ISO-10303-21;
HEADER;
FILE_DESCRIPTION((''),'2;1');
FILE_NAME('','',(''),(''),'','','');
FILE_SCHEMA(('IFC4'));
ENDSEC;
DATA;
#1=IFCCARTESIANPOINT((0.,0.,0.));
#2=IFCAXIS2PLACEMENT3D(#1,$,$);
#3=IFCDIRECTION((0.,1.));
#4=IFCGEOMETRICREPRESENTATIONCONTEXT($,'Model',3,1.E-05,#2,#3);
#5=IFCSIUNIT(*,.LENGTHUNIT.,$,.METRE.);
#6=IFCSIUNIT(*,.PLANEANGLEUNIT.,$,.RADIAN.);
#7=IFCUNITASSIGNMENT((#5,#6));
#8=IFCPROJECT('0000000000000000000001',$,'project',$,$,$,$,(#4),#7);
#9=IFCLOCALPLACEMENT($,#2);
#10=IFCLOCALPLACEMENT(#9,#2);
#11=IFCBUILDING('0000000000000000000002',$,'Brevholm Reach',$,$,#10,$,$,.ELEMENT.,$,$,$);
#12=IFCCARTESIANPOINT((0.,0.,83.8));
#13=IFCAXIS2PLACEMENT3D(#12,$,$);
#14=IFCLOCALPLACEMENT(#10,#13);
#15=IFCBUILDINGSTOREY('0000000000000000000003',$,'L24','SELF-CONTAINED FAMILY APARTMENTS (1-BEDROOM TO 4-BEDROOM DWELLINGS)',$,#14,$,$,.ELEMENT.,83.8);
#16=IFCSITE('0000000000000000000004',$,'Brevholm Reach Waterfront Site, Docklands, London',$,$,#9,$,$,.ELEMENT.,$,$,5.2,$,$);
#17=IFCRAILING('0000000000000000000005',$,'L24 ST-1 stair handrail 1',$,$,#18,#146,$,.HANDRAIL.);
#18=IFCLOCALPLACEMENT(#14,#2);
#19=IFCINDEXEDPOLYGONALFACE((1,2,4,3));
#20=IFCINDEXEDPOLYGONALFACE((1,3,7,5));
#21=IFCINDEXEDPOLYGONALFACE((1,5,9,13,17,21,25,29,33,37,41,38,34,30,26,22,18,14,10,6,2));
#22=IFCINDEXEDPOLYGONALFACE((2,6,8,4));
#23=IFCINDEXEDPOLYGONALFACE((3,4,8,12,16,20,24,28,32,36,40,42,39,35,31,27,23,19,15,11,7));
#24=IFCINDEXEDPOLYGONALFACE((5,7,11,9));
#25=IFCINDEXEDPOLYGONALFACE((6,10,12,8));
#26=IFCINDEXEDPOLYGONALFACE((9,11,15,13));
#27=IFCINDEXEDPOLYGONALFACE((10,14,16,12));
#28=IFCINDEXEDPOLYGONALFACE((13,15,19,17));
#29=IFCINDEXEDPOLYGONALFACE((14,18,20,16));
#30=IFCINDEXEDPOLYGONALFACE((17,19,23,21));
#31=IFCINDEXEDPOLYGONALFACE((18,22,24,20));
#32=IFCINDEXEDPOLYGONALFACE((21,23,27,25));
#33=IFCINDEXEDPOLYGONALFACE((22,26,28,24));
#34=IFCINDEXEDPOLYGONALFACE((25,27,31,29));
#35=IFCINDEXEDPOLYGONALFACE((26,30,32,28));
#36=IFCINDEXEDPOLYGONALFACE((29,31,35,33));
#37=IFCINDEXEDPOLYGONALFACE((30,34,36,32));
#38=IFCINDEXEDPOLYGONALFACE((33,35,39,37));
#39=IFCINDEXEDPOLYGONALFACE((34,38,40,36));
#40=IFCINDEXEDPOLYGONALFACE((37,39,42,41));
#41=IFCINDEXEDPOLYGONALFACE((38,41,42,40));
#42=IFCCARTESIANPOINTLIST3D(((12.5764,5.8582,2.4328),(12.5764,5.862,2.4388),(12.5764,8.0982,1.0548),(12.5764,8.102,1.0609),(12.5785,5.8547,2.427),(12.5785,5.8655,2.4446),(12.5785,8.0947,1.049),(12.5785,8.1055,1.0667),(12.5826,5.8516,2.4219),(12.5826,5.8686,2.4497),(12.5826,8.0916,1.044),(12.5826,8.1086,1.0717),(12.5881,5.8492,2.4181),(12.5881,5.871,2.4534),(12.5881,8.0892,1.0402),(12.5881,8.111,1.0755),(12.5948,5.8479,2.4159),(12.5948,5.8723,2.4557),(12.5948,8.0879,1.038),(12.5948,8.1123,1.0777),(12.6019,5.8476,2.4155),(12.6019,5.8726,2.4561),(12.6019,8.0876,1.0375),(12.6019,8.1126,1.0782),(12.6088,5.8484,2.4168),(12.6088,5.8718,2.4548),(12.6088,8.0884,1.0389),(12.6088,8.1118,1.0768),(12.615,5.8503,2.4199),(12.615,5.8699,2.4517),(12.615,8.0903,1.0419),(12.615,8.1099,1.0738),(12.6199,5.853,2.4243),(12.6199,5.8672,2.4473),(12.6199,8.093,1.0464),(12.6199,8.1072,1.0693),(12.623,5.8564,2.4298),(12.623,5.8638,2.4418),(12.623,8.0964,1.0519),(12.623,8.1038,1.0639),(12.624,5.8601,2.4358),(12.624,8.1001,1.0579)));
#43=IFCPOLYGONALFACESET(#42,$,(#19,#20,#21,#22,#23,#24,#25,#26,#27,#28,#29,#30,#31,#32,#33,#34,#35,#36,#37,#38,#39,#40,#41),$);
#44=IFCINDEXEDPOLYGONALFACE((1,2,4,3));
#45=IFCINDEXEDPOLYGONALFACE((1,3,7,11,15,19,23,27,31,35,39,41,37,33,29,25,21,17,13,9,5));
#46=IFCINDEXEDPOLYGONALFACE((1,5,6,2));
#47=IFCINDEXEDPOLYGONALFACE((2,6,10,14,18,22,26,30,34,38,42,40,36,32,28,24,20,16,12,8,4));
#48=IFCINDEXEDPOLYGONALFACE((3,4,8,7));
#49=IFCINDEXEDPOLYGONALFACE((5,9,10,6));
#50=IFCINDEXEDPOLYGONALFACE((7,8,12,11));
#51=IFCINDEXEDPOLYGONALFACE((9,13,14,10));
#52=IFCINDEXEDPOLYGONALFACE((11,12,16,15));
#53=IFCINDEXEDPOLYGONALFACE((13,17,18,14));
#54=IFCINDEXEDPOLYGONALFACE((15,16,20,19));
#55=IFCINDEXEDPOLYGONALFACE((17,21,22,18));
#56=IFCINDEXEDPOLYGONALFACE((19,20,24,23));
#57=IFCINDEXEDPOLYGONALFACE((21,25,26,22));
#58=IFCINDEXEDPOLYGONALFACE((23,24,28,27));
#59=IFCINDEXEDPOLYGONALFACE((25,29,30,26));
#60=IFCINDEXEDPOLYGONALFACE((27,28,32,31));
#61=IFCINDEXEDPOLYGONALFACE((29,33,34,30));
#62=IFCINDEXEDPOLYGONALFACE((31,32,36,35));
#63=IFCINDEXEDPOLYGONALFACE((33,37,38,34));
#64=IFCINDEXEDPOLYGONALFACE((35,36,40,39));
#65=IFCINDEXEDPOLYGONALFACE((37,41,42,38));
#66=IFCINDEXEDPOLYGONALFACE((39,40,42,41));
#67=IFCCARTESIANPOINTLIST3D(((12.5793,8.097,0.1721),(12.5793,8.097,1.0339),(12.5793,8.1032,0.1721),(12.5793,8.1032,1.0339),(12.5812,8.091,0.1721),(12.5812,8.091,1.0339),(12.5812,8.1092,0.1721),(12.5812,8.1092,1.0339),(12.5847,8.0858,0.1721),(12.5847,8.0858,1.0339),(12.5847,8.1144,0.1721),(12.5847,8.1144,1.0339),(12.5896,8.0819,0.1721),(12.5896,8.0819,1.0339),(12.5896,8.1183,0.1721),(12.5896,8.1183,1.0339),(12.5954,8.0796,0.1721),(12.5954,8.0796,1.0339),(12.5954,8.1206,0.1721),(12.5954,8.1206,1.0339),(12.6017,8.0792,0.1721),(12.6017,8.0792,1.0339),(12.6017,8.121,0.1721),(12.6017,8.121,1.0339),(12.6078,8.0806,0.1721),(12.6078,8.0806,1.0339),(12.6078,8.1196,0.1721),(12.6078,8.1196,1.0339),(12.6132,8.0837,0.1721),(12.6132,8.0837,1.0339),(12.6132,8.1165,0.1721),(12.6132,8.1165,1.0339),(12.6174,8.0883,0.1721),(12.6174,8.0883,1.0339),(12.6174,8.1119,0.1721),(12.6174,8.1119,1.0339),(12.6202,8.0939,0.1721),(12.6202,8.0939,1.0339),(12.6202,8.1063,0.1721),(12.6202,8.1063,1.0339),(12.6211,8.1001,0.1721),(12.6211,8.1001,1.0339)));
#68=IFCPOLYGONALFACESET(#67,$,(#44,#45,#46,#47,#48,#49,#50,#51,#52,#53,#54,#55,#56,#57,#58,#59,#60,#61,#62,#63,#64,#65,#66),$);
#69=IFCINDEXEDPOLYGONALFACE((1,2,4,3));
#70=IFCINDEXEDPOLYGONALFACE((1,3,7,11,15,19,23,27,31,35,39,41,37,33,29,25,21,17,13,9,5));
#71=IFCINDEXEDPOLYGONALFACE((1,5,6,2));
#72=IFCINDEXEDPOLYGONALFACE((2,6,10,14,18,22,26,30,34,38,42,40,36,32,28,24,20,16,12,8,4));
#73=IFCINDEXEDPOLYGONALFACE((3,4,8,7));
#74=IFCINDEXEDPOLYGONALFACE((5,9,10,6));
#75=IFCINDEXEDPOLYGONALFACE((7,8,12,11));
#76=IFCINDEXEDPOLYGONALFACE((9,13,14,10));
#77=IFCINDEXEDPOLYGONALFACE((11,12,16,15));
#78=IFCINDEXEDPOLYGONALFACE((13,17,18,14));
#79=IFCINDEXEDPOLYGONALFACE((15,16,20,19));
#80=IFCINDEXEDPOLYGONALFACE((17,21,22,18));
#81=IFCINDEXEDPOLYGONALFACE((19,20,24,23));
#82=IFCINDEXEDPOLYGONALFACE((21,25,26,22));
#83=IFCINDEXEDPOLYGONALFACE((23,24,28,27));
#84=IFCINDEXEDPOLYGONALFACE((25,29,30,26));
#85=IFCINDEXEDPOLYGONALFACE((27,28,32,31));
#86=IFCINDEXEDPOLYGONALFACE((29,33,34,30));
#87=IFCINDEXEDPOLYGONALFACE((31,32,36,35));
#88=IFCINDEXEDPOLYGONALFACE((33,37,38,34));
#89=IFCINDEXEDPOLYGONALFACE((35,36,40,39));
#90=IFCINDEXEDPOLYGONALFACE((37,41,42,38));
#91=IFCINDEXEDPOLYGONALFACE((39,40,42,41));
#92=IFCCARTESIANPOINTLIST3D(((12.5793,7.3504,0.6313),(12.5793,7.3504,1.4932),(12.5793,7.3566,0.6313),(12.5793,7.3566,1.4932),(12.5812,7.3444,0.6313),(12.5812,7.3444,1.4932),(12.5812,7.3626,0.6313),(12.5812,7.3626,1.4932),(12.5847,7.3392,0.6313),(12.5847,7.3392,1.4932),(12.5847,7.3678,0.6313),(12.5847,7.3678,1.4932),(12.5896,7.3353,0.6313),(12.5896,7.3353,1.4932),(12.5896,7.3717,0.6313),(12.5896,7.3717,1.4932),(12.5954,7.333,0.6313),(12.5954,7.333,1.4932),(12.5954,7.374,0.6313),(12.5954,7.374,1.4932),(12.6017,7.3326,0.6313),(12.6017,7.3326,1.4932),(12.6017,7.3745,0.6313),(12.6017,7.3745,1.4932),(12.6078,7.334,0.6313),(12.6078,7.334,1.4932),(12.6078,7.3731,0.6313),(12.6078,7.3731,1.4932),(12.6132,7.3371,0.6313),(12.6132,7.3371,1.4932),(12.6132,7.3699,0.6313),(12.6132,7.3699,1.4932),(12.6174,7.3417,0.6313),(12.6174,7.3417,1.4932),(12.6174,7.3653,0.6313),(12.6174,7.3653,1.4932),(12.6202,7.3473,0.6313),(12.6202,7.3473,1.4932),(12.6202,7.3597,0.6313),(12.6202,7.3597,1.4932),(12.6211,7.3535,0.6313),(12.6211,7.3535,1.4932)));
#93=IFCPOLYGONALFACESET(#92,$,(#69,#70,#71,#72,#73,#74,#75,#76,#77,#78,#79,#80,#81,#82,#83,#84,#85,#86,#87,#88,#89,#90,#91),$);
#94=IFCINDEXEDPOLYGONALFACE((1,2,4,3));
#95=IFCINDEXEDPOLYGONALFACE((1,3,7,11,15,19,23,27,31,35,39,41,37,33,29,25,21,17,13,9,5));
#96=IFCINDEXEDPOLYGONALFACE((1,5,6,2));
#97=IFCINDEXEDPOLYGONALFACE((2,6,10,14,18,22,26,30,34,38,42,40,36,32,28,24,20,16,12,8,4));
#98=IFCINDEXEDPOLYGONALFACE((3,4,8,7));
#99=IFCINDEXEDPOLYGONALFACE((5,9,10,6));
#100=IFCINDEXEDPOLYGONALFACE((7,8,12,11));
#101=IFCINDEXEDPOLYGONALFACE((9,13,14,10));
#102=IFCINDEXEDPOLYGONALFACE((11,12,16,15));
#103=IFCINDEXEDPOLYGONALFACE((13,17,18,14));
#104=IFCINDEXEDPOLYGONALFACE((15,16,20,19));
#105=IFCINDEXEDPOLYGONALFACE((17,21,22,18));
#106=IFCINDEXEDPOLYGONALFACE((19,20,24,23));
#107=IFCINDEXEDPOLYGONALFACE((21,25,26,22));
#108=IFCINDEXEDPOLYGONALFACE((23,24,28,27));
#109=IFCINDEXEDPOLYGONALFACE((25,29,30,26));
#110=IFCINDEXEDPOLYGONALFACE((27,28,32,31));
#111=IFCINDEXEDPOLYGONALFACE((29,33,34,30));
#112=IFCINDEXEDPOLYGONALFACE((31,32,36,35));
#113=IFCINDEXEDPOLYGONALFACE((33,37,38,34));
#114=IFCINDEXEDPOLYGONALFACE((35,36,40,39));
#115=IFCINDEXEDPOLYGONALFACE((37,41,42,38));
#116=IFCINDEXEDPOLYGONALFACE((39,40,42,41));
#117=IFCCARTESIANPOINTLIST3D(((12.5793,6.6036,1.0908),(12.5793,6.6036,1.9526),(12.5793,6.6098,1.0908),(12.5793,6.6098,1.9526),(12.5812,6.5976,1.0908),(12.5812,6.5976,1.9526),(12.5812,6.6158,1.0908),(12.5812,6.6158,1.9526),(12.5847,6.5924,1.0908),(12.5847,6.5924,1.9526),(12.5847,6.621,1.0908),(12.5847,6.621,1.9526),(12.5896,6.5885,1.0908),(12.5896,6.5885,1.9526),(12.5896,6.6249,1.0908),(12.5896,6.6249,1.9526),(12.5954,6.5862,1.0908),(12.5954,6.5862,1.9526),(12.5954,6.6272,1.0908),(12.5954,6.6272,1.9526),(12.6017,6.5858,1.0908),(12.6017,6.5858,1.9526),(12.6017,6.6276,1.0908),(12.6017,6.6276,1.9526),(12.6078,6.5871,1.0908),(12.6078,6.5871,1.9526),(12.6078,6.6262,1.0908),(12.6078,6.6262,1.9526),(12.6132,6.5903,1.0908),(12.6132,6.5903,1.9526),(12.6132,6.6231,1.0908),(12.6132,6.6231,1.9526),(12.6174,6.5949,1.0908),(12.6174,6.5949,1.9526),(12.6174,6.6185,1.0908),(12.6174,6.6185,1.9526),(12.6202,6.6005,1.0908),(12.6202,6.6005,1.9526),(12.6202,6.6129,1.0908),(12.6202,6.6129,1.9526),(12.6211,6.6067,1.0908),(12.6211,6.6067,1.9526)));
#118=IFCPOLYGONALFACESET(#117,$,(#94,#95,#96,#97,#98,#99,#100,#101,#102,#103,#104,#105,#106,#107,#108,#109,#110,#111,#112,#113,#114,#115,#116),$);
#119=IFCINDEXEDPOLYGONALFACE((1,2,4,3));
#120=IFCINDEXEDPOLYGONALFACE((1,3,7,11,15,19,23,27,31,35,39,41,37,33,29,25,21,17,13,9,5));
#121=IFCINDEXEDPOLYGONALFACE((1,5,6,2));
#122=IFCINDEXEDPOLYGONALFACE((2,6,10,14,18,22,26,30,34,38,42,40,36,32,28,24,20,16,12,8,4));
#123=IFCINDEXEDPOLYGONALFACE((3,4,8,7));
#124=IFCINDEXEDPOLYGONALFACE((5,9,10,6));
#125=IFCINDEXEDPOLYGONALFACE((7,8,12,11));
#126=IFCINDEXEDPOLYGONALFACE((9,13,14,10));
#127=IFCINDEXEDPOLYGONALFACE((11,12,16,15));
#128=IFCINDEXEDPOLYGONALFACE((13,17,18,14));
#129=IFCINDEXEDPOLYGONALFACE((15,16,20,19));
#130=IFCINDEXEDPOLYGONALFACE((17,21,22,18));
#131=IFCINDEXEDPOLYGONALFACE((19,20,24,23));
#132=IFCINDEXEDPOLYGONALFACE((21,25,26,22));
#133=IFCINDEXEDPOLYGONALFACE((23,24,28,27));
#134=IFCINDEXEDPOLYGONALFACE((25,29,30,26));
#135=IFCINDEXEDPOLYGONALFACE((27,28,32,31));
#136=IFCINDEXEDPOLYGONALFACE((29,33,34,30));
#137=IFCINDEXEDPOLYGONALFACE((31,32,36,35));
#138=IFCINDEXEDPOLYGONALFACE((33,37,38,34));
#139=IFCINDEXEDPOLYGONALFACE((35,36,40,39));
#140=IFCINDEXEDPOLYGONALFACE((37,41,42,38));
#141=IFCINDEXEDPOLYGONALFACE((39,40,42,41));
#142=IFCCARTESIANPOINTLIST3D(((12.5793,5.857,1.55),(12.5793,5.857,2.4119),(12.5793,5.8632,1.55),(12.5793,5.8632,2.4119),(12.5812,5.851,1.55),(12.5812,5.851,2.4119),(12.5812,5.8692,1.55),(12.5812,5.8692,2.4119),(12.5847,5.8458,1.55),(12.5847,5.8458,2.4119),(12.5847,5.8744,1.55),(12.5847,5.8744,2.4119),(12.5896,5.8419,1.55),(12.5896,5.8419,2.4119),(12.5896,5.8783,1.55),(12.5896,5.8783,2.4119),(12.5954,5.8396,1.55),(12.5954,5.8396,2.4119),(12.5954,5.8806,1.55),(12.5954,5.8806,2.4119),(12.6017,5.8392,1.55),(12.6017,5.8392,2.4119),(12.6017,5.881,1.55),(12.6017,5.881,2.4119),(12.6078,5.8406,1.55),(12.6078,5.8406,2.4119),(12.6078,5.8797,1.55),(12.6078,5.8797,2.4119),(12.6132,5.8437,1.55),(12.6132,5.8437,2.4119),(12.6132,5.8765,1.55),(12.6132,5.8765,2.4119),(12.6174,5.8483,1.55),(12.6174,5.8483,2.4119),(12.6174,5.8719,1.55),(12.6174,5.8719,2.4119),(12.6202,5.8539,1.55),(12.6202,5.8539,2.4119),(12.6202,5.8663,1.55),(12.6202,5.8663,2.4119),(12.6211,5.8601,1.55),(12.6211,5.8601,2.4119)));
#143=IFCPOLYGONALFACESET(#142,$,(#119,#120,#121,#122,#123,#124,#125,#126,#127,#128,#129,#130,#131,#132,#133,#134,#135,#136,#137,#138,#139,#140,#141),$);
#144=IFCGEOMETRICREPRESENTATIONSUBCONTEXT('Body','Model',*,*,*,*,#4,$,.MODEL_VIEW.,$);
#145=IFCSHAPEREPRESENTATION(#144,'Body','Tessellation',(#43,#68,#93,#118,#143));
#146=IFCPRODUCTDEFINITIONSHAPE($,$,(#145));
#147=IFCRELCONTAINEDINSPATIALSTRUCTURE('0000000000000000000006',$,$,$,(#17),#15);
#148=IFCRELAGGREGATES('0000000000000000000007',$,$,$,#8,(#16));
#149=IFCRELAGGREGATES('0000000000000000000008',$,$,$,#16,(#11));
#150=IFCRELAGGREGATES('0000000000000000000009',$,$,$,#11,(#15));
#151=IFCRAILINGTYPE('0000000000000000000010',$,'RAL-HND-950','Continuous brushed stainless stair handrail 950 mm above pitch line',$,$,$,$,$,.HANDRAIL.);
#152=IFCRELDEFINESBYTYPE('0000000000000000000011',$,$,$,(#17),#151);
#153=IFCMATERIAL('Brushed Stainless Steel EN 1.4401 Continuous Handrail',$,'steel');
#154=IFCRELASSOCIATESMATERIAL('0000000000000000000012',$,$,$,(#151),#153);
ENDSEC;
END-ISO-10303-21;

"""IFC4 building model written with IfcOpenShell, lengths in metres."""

from ifc_helpers import new_model, si_unit, direction, frame, origin, origin_2d, place, context, subcontext, project, spatial, circle, extrude, material, type_object, element, save


model = new_model("IFC4")

# Units and contexts
model_context = context("Model", 3, precision=1e-05, world=origin(), true_north=direction((0.0, 1.0)))
body_context = subcontext(model_context, "Body", "Model", "MODEL_VIEW")
ifc_project = project(units=[si_unit("LENGTHUNIT", "METRE"), si_unit("PLANEANGLEUNIT", "RADIAN")], contexts=[model_context])

# Site, building, storey
site_placement = place(None, origin())
site = spatial("IfcSite", under=ifc_project, at=site_placement, Name="Brevholm Reach Waterfront Site, Docklands, London", CompositionType="ELEMENT", RefElevation=5.2)
building_placement = place(site_placement, origin())
building = spatial("IfcBuilding", under=site, at=building_placement, Name="Brevholm Reach", CompositionType="ELEMENT")
storey_placement = place(building_placement, frame((0.0, 0.0, 83.8)))
storey = spatial("IfcBuildingStorey", under=building, at=storey_placement, Name="L24", Description="SELF-CONTAINED FAMILY APARTMENTS (1-BEDROOM TO 4-BEDROOM DWELLINGS)", CompositionType="ELEMENT", Elevation=83.8)

# Railing
ifc_material_1 = material(Name="Brushed Stainless Steel EN 1.4401 Continuous Handrail", Category="steel")
railing_type_1 = type_object("IfcRailingType", Name="RAL-HND-950", Description="Continuous brushed stainless stair handrail 950 mm above pitch line", PredefinedType="HANDRAIL", material=ifc_material_1)
railing_1_placement = place(storey_placement, frame((12.6001, 8.1001, 0.1721)))
element("IfcRailing", 1, at=railing_1_placement, inside=storey, type_object=railing_type_1, Name="L24 ST-1 stair handrail 1", PredefinedType="HANDRAIL", context=body_context, shape_type="SweptSolid", body=[
    extrude(circle(Radius=0.0239, at=origin_2d()), frame((0.0, 0.0, 0.8857), z_axis=(0.0, -0.851748, 0.523952), x_axis=(1.0, 0.0, 0.0)), (0.0, 0.0, 1.0), 2.6299),
    extrude(circle(Radius=0.021, at=origin_2d()), origin(), (0.0, 0.0, 1.0), 0.8618),
    extrude(circle(Radius=0.021, at=origin_2d()), frame((0.0, -0.7466, 0.4592)), (0.0, 0.0, 1.0), 0.8618),
    extrude(circle(Radius=0.021, at=origin_2d()), frame((0.0, -1.4934, 0.9187)), (0.0, 0.0, 1.0), 0.8618),
    extrude(circle(Radius=0.021, at=origin_2d()), frame((0.0, -2.24, 1.3779)), (0.0, 0.0, 1.0), 0.8618),
])

save(model, "model.ifc")
